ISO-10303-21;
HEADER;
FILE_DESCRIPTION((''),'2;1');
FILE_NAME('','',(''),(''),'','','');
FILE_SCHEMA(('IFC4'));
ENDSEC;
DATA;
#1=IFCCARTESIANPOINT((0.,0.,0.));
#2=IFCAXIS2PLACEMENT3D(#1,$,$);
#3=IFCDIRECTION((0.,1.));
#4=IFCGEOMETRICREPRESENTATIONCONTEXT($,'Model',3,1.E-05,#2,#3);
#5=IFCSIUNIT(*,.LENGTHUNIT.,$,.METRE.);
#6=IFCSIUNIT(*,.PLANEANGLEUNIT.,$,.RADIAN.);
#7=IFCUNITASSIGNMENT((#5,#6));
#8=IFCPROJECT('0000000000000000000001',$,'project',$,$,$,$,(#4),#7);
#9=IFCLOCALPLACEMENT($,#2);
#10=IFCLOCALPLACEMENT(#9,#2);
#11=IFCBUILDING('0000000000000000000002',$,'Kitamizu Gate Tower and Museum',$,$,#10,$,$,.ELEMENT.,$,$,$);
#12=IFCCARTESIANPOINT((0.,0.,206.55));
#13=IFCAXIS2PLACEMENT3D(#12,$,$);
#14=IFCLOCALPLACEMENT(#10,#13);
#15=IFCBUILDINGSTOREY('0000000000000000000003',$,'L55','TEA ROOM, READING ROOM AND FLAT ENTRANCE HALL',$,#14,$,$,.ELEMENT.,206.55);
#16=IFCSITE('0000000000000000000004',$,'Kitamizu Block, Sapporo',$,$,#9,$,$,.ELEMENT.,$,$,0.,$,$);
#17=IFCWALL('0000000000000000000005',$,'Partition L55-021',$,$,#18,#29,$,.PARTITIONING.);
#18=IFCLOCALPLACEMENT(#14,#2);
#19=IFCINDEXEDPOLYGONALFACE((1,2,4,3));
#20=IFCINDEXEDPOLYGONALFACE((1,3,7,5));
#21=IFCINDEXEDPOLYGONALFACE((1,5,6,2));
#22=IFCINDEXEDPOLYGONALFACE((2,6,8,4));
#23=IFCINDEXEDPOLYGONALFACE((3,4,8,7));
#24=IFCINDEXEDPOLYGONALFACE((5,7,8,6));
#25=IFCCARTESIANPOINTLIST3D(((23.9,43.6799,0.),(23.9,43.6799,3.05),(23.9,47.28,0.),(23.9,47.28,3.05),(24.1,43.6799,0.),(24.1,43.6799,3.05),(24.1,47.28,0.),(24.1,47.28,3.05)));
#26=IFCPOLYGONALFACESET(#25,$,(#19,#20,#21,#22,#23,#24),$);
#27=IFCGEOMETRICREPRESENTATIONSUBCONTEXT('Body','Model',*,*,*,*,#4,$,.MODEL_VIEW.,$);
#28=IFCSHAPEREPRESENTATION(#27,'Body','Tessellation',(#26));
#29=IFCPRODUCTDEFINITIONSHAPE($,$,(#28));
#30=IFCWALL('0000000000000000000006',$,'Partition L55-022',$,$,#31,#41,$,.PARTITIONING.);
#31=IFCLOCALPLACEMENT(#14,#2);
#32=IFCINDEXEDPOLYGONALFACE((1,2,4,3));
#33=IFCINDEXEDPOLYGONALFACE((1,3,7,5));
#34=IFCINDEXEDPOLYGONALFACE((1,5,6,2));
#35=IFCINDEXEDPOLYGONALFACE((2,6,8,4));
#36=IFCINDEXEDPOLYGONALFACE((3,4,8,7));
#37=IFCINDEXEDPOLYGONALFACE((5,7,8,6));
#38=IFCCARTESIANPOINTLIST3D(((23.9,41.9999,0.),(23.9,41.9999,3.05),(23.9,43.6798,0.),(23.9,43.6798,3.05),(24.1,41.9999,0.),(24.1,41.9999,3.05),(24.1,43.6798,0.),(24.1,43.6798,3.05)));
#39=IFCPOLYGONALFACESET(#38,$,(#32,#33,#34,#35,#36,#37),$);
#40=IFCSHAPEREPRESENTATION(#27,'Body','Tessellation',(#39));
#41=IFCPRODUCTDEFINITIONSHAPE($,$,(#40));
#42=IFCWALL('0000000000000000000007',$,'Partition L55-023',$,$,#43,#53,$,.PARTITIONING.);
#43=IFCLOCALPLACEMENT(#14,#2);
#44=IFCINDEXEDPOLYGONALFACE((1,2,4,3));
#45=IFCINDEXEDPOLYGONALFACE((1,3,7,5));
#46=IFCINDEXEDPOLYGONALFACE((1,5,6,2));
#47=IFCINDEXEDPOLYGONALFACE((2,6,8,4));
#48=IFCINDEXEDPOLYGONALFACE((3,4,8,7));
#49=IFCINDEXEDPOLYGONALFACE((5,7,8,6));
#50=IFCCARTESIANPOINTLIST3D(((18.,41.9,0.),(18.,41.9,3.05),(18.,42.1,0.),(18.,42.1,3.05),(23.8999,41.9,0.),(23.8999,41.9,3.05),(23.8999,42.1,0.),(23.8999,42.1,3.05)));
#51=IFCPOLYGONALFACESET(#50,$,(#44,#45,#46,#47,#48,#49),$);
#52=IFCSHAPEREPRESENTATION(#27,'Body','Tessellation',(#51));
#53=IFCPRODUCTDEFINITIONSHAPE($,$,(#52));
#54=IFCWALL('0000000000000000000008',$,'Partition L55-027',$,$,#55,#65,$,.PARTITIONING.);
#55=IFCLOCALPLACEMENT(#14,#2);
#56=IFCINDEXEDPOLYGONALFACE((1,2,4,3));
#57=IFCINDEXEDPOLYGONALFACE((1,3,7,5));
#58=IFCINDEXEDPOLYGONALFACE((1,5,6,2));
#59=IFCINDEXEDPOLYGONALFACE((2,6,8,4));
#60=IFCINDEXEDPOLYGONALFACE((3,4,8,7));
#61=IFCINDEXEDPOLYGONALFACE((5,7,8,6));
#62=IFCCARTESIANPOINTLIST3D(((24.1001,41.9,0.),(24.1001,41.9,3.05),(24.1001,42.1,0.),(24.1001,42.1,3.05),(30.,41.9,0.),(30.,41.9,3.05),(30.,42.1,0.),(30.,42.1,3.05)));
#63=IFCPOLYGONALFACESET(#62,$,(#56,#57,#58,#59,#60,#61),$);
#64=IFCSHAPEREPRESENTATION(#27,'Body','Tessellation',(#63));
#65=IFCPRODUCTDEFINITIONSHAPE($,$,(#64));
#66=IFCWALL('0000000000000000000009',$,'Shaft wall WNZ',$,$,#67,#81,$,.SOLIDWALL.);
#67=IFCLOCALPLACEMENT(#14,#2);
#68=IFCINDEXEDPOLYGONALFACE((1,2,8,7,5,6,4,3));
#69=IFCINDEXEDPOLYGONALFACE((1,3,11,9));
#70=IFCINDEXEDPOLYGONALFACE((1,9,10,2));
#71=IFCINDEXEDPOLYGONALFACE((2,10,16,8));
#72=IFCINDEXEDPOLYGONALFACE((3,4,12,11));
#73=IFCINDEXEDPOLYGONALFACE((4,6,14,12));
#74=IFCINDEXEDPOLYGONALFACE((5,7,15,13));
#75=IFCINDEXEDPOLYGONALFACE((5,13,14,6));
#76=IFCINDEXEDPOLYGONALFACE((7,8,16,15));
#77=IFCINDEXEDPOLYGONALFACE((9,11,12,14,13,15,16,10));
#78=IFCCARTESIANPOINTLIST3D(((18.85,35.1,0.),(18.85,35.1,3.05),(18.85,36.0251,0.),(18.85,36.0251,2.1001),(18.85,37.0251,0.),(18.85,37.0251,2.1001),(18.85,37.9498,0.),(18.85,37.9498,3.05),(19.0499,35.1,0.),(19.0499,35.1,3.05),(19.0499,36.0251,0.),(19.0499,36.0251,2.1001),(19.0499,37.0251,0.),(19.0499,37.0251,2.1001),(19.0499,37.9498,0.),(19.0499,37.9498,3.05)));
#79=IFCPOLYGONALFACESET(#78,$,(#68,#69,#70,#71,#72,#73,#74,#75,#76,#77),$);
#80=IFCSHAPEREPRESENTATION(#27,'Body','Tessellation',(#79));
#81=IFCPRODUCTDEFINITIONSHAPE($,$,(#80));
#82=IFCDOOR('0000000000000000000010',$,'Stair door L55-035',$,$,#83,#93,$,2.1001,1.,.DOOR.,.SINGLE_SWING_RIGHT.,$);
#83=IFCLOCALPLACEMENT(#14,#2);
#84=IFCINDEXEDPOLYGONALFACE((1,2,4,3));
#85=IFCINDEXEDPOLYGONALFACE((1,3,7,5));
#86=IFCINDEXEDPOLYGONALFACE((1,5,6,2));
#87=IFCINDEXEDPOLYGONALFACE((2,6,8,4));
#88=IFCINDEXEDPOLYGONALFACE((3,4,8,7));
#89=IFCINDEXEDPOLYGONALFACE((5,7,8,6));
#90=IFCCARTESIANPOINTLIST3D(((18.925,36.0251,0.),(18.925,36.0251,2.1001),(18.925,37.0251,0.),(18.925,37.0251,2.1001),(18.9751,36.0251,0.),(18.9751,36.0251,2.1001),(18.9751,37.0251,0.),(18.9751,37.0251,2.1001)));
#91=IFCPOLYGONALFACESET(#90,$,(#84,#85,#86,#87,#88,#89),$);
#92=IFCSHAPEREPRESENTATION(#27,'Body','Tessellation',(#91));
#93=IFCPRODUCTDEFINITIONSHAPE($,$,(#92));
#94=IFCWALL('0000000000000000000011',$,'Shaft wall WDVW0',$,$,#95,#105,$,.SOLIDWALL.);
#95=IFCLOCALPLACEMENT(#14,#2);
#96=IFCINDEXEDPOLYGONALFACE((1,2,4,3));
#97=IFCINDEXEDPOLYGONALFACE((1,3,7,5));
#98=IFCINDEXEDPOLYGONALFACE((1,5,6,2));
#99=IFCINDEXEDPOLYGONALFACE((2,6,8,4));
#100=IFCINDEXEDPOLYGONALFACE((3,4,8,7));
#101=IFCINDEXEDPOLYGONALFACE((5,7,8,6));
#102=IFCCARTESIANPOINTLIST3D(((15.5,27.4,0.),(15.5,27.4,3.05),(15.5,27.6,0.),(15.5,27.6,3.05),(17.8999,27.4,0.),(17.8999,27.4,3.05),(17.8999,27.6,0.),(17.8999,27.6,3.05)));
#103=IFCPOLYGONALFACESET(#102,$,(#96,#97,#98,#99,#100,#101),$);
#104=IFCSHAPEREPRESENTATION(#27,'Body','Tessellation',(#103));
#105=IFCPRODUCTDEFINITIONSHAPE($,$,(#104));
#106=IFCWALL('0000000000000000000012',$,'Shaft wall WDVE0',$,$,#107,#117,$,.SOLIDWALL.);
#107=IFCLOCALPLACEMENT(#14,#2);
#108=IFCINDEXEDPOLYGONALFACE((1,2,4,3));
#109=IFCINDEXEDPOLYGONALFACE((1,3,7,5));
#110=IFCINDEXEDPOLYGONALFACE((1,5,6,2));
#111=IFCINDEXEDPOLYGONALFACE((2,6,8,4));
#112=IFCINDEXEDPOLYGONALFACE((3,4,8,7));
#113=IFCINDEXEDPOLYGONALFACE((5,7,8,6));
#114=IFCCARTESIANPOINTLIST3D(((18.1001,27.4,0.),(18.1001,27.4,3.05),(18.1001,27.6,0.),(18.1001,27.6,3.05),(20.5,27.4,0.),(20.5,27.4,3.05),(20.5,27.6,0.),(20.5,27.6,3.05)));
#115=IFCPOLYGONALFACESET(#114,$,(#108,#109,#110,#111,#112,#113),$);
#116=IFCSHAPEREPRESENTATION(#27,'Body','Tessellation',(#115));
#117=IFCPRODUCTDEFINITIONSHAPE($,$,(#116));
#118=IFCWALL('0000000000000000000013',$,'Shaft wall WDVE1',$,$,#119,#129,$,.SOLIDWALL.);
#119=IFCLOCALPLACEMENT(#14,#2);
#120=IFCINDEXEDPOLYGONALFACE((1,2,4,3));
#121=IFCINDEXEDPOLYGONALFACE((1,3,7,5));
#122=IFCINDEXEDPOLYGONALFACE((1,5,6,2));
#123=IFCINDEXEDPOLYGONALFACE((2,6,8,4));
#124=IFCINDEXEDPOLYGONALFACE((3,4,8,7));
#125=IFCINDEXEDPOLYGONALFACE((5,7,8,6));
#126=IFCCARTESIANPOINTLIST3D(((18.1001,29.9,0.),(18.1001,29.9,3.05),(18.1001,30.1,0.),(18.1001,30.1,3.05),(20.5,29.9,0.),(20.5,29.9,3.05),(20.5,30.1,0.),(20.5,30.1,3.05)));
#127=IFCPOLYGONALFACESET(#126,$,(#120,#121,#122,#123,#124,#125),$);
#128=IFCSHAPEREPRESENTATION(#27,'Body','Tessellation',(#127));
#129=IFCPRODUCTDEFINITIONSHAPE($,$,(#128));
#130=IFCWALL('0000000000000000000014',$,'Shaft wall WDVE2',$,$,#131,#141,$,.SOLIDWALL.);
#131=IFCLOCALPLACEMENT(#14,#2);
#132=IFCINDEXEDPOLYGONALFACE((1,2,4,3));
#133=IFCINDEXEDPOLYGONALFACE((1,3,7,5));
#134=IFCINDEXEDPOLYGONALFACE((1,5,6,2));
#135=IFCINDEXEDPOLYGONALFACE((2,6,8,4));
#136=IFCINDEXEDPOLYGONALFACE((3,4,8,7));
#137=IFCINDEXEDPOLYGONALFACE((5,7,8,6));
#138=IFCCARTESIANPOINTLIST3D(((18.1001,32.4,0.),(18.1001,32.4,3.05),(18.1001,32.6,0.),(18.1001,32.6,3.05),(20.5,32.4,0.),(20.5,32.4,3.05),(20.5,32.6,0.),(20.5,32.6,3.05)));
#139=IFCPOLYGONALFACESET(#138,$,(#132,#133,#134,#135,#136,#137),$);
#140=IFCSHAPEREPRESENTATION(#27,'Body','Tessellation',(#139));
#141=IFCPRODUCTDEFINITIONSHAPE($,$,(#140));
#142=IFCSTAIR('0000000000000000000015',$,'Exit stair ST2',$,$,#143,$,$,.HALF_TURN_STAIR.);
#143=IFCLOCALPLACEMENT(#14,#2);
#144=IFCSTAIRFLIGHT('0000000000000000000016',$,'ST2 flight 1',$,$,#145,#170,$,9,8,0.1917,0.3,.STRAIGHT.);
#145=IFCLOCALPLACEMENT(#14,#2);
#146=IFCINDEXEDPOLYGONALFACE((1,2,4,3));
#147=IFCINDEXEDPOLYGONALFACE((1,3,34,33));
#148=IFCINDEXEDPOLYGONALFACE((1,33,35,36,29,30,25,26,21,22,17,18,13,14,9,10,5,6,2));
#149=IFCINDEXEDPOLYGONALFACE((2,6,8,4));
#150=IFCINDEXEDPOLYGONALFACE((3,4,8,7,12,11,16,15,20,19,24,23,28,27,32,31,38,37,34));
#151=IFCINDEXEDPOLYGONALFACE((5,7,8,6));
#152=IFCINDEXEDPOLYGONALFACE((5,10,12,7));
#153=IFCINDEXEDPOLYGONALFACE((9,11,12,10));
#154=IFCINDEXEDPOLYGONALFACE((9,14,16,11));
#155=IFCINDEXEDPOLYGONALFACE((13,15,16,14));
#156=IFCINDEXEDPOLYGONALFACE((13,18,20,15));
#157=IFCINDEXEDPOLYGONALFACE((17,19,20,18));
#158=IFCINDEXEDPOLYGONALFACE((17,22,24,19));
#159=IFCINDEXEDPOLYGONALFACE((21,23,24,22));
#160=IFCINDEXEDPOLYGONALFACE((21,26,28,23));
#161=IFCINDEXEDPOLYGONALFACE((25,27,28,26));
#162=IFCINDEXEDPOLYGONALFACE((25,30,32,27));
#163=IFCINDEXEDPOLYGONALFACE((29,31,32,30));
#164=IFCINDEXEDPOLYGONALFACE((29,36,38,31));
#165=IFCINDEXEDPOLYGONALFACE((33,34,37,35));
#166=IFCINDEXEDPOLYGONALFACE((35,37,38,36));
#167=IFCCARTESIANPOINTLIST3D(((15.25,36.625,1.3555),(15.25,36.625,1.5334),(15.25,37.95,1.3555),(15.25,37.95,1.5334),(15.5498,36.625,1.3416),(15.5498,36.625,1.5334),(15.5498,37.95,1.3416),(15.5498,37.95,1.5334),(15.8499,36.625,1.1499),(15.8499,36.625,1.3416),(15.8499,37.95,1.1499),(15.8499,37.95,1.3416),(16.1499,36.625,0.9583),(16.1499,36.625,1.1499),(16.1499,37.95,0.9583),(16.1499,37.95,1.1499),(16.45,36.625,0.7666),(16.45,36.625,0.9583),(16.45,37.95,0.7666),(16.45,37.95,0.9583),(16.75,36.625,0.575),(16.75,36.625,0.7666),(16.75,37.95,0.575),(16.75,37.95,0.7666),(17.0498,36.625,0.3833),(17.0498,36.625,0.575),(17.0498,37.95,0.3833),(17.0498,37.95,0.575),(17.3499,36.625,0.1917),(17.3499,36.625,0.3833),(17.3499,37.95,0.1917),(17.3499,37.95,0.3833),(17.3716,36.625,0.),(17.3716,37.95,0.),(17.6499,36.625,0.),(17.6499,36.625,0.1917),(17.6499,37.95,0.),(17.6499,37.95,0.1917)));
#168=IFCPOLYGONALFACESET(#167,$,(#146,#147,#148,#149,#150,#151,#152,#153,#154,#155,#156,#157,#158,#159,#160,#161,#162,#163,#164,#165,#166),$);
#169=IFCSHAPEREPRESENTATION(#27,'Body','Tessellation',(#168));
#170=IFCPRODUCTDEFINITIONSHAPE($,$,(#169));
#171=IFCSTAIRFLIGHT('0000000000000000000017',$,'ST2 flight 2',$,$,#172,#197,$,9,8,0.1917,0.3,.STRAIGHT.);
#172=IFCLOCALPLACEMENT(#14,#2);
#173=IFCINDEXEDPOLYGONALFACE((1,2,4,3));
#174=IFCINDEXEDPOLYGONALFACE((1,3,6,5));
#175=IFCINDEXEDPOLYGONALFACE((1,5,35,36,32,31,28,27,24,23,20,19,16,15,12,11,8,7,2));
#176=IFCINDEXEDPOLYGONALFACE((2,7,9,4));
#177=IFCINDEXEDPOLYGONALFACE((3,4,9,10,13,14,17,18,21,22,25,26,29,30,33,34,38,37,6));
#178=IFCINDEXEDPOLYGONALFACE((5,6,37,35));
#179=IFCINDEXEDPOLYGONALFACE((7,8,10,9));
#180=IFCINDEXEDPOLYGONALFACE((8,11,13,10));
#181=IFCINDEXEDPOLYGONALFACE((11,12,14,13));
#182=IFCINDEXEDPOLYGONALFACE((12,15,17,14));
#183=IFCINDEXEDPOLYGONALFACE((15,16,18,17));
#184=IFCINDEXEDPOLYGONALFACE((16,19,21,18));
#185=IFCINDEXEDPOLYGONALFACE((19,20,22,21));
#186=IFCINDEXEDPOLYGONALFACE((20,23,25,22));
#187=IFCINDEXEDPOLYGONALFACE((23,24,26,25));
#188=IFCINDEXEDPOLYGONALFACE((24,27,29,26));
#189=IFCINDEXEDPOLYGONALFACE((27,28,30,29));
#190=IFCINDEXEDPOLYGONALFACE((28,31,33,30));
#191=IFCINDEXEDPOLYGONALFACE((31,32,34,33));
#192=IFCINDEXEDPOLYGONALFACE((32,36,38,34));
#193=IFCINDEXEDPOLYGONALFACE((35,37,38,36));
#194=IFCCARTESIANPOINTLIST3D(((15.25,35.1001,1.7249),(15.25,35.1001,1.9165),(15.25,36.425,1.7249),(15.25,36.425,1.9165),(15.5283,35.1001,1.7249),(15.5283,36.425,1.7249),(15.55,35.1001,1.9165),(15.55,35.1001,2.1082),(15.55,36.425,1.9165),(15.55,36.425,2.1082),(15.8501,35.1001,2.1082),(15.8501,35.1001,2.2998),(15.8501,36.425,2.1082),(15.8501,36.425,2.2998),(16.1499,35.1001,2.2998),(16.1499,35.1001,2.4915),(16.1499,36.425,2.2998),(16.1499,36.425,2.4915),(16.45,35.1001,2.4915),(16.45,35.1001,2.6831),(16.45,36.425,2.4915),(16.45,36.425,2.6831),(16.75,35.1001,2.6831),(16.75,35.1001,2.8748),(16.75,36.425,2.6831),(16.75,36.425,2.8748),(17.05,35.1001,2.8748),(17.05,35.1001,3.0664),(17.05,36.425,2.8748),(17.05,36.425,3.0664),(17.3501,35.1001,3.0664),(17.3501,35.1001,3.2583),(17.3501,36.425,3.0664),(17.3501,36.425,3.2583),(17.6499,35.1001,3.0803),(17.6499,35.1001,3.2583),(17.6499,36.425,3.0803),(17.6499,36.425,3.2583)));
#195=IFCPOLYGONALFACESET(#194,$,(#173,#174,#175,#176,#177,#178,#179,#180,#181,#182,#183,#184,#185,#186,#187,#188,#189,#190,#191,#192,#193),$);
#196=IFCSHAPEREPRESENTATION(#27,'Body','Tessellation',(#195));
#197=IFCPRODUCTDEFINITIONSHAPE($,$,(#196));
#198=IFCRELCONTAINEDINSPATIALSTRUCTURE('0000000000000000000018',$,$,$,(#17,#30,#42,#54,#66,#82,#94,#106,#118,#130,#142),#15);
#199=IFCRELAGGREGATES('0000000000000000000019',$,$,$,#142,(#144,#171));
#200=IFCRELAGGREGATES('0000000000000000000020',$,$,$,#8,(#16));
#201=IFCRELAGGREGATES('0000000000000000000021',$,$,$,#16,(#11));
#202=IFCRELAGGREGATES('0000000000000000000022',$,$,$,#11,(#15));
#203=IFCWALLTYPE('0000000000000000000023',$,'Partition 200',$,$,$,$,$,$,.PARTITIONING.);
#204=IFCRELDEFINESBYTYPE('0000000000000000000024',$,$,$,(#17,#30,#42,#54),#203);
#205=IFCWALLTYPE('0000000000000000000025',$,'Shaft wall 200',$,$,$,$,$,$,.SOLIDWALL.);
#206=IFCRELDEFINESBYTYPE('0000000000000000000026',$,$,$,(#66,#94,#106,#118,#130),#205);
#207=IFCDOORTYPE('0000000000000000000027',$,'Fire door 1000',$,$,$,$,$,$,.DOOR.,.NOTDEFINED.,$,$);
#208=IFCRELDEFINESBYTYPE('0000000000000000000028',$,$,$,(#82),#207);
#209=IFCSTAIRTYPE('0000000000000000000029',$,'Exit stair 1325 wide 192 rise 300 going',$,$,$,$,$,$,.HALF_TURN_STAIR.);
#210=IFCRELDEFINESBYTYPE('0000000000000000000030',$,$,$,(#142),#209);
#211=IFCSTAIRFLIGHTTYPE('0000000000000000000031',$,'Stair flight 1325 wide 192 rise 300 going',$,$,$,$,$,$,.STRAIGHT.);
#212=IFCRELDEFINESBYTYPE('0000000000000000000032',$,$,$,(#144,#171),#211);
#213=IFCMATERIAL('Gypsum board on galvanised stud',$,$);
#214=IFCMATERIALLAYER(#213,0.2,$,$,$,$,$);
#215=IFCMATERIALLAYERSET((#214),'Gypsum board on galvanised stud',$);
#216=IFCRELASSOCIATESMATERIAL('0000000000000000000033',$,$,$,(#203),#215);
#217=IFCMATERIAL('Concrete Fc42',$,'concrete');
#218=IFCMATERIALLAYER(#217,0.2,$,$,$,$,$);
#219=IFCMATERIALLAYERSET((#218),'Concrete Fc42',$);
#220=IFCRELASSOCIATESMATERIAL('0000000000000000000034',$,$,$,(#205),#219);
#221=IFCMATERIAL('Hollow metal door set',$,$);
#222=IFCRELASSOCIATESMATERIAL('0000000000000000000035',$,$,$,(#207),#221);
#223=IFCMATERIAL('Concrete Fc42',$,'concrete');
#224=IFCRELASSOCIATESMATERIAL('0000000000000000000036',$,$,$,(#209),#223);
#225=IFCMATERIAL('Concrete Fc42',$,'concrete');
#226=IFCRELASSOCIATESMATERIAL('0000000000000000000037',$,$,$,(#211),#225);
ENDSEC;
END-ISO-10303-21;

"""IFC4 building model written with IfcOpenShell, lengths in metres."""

from ifc_helpers import new_model, si_unit, direction, frame, frame_2d, origin, place, context, subcontext, project, spatial, polyline, rectangle, outline, extrude, material, layer, layer_set, type_object, element, fill, aggregate, save


model = new_model("IFC4")

# Units and contexts
model_context = context("Model", 3, precision=1e-05, world=origin(), true_north=direction((0.0, 1.0)))
body_context = subcontext(model_context, "Body", "Model", "MODEL_VIEW")
ifc_project = project(units=[si_unit("LENGTHUNIT", "METRE"), si_unit("PLANEANGLEUNIT", "RADIAN")], contexts=[model_context])

# Site, building, storey
site_placement = place(None, origin())
site = spatial("IfcSite", under=ifc_project, at=site_placement, Name="Kitamizu Block, Sapporo", CompositionType="ELEMENT", RefElevation=0.0)
building_placement = place(site_placement, origin())
building = spatial("IfcBuilding", under=site, at=building_placement, Name="Kitamizu Gate Tower and Museum", CompositionType="ELEMENT")
storey_placement = place(building_placement, frame((0.0, 0.0, 206.55)))
storey = spatial("IfcBuildingStorey", under=building, at=storey_placement, Name="L55", Description="TEA ROOM, READING ROOM AND FLAT ENTRANCE HALL", CompositionType="ELEMENT", Elevation=206.55)

# Walls
ifc_material_1 = material(Name="Gypsum board on galvanised stud")
ifc_layer_1 = layer(ifc_material_1, 0.2)
ifc_layer_set_1 = layer_set([ifc_layer_1], Name="Gypsum board on galvanised stud")
wall_type_1 = type_object("IfcWallType", Name="Partition 200", PredefinedType="PARTITIONING", material=ifc_layer_set_1)
wall_1_placement = place(storey_placement, frame((24.0, 43.6799, 0.0), z_axis=(0.0, 0.0, 1.0), x_axis=(0.0, 1.0, 0.0)))
element("IfcWall", 1, at=wall_1_placement, inside=storey, type_object=wall_type_1, Name="Partition L55-021", PredefinedType="PARTITIONING", context=body_context, shape_type="SweptSolid", body=[
    extrude(rectangle(XDim=3.6001, YDim=0.2, at=frame_2d((1.8, 0.0))), origin(), (0.0, 0.0, 1.0), 3.05),
])
wall_2_placement = place(storey_placement, frame((24.0, 42.0, 0.0), z_axis=(0.0, 0.0, 1.0), x_axis=(0.0, 1.0, 0.0)))
element("IfcWall", 2, at=wall_2_placement, inside=storey, type_object=wall_type_1, Name="Partition L55-022", PredefinedType="PARTITIONING", context=body_context, shape_type="SweptSolid", body=[
    extrude(rectangle(XDim=1.6799, YDim=0.2, at=frame_2d((0.8398, 0.0))), origin(), (0.0, 0.0, 1.0), 3.05),
])
for number, where, z_axis, x_axis, name in (
    (3, (18.0, 42.0, 0.0), (0.0, 0.0, 1.0), (1.0, 0.0, 0.0), "Partition L55-023"),
    (4, (24.1001, 42.0, 0.0), (0.0, 0.0, 1.0), (1.0, 0.0, 0.0), "Partition L55-027"),
):
    element("IfcWall", number, at=place(storey_placement, frame(where, z_axis=z_axis, x_axis=x_axis)), inside=storey, type_object=wall_type_1, Name=name, PredefinedType="PARTITIONING", context=body_context, shape_type="SweptSolid", body=[
        extrude(rectangle(XDim=5.8999, YDim=0.2, at=frame_2d((2.95, 0.0))), origin(), (0.0, 0.0, 1.0), 3.05),
    ])

# Wall, opening, door
ifc_material_2 = material(Name="Concrete Fc42", Category="concrete")
ifc_layer_2 = layer(ifc_material_2, 0.2)
ifc_layer_set_2 = layer_set([ifc_layer_2], Name="Concrete Fc42")
wall_type_2 = type_object("IfcWallType", Name="Shaft wall 200", PredefinedType="SOLIDWALL", material=ifc_layer_set_2)
wall_3_placement = place(storey_placement, frame((18.95, 35.1001, 0.0), z_axis=(0.0, 0.0, 1.0), x_axis=(0.0, 1.0, 0.0)))
wall_3 = element("IfcWall", 5, at=wall_3_placement, inside=storey, type_object=wall_type_2, Name="Shaft wall WNZ", PredefinedType="SOLIDWALL", context=body_context, shape_type="SweptSolid", body=[
    extrude(rectangle(XDim=2.8499, YDim=0.2, at=frame_2d((1.4248, 0.0))), origin(), (0.0, 0.0, 1.0), 3.05),
])
opening_1_placement = place(wall_3_placement, frame((0.925, 0.0, 0.0)))
opening_1 = element("IfcOpeningElement", 6, at=opening_1_placement, cuts=wall_3, PredefinedType="OPENING", context=body_context, shape_type="SweptSolid", body=[
    extrude(rectangle(XDim=1.0, YDim=2.1001, at=frame_2d((0.5, 1.05))), frame((0.0, 0.1099, 0.0), z_axis=(0.0, -1.0, 0.0), x_axis=(1.0, 0.0, 0.0)), (0.0, 0.0, 1.0), 0.22),
])
ifc_material_3 = material(Name="Hollow metal door set")
door_type_1 = type_object("IfcDoorType", Name="Fire door 1000", OperationType="NOTDEFINED", PredefinedType="DOOR", material=ifc_material_3)
door_1_placement = place(opening_1_placement, origin())
door_1 = element("IfcDoor", 7, at=door_1_placement, inside=storey, type_object=door_type_1, Name="Stair door L55-035", OperationType="SINGLE_SWING_RIGHT", OverallHeight=2.1001, OverallWidth=1.0, PredefinedType="DOOR", context=body_context, shape_type="SweptSolid", body=[
    extrude(rectangle(XDim=1.0, YDim=2.1001, at=frame_2d((0.5, 1.05))), frame((0.0, 0.0249, 0.0), z_axis=(0.0, -1.0, 0.0), x_axis=(1.0, 0.0, 0.0)), (0.0, 0.0, 1.0), 0.05),
])
fill(opening_1, door_1)

# Walls
for number, where, z_axis, x_axis, name in (
    (8, (15.5, 27.5, 0.0), (0.0, 0.0, 1.0), (1.0, 0.0, 0.0), "Shaft wall WDVW0"),
    (9, (18.1001, 27.5, 0.0), (0.0, 0.0, 1.0), (1.0, 0.0, 0.0), "Shaft wall WDVE0"),
    (10, (18.1001, 30.0, 0.0), (0.0, 0.0, 1.0), (1.0, 0.0, 0.0), "Shaft wall WDVE1"),
    (11, (18.1001, 32.5, 0.0), (0.0, 0.0, 1.0), (1.0, 0.0, 0.0), "Shaft wall WDVE2"),
):
    element("IfcWall", number, at=place(storey_placement, frame(where, z_axis=z_axis, x_axis=x_axis)), inside=storey, type_object=wall_type_2, Name=name, PredefinedType="SOLIDWALL", context=body_context, shape_type="SweptSolid", body=[
        extrude(rectangle(XDim=2.3999, YDim=0.2, at=frame_2d((1.2, 0.0))), origin(), (0.0, 0.0, 1.0), 3.05),
    ])

# Stair, stair flights
ifc_material_4 = material(Name="Concrete Fc42", Category="concrete")
stair_type = type_object("IfcStairType", Name="Exit stair 1325 wide 192 rise 300 going", PredefinedType="HALF_TURN_STAIR", material=ifc_material_4)
stair_placement = place(storey_placement, origin())
stair = element("IfcStair", 12, at=stair_placement, inside=storey, type_object=stair_type, Name="Exit stair ST2", PredefinedType="HALF_TURN_STAIR")
ifc_material_5 = material(Name="Concrete Fc42", Category="concrete")
stair_flight_type = type_object("IfcStairFlightType", Name="Stair flight 1325 wide 192 rise 300 going", PredefinedType="STRAIGHT", material=ifc_material_5)
stair_flight_1_placement = place(storey_placement, frame((17.6499, 37.2876, 0.0), z_axis=(0.0, 0.0, 1.0), x_axis=(-1.0, 0.0, 0.0)))
stair_flight_1 = element("IfcStairFlight", 13, at=stair_flight_1_placement, type_object=stair_flight_type, Name="ST2 flight 1", NumberOfRisers=9, NumberOfTreads=8, PredefinedType="STRAIGHT", RiserHeight=0.1917, TreadLength=0.3, context=body_context, shape_type="SweptSolid", body=[
    extrude(outline(polyline([(0.0, 0.0), (0.0, 0.1917), (0.3, 0.1917), (0.3, 0.3833), (0.6001, 0.3833), (0.6001, 0.575), (0.8999, 0.575), (0.8999, 0.7666), (1.2, 0.7666), (1.2, 0.9583), (1.5, 0.9583), (1.5, 1.1499), (1.8, 1.1499), (1.8, 1.3416), (2.1001, 1.3416), (2.1001, 1.5334), (2.3999, 1.5334), (2.3999, 1.7251), (2.3999, 1.3555), (0.2783, 0.0), (0.0, 0.0)])), frame((0.0, 0.6626, 0.0), z_axis=(0.0, -1.0, 0.0), x_axis=(1.0, 0.0, 0.0)), (0.0, 0.0, 1.0), 1.325),
])
stair_flight_2_placement = place(storey_placement, frame((15.25, 35.7625, 1.7249), z_axis=(0.0, 0.0, 1.0), x_axis=(1.0, 0.0, 0.0)))
stair_flight_2 = element("IfcStairFlight", 14, at=stair_flight_2_placement, type_object=stair_flight_type, Name="ST2 flight 2", NumberOfRisers=9, NumberOfTreads=8, PredefinedType="STRAIGHT", RiserHeight=0.1917, TreadLength=0.3, context=body_context, shape_type="SweptSolid", body=[
    extrude(outline(polyline([(0.0, 0.0), (0.0, 0.1917), (0.3, 0.1917), (0.3, 0.3833), (0.6001, 0.3833), (0.6001, 0.575), (0.8999, 0.575), (0.8999, 0.7666), (1.2, 0.7666), (1.2, 0.9583), (1.5, 0.9583), (1.5, 1.1499), (1.8, 1.1499), (1.8, 1.3416), (2.1001, 1.3416), (2.1001, 1.5334), (2.3999, 1.5334), (2.3999, 1.7251), (2.3999, 1.3555), (0.2783, 0.0), (0.0, 0.0)])), frame((0.0, 0.6626, 0.0), z_axis=(0.0, -1.0, 0.0), x_axis=(1.0, 0.0, 0.0)), (0.0, 0.0, 1.0), 1.325),
])
aggregate(stair, [stair_flight_1, stair_flight_2])

save(model, "model.ifc")
